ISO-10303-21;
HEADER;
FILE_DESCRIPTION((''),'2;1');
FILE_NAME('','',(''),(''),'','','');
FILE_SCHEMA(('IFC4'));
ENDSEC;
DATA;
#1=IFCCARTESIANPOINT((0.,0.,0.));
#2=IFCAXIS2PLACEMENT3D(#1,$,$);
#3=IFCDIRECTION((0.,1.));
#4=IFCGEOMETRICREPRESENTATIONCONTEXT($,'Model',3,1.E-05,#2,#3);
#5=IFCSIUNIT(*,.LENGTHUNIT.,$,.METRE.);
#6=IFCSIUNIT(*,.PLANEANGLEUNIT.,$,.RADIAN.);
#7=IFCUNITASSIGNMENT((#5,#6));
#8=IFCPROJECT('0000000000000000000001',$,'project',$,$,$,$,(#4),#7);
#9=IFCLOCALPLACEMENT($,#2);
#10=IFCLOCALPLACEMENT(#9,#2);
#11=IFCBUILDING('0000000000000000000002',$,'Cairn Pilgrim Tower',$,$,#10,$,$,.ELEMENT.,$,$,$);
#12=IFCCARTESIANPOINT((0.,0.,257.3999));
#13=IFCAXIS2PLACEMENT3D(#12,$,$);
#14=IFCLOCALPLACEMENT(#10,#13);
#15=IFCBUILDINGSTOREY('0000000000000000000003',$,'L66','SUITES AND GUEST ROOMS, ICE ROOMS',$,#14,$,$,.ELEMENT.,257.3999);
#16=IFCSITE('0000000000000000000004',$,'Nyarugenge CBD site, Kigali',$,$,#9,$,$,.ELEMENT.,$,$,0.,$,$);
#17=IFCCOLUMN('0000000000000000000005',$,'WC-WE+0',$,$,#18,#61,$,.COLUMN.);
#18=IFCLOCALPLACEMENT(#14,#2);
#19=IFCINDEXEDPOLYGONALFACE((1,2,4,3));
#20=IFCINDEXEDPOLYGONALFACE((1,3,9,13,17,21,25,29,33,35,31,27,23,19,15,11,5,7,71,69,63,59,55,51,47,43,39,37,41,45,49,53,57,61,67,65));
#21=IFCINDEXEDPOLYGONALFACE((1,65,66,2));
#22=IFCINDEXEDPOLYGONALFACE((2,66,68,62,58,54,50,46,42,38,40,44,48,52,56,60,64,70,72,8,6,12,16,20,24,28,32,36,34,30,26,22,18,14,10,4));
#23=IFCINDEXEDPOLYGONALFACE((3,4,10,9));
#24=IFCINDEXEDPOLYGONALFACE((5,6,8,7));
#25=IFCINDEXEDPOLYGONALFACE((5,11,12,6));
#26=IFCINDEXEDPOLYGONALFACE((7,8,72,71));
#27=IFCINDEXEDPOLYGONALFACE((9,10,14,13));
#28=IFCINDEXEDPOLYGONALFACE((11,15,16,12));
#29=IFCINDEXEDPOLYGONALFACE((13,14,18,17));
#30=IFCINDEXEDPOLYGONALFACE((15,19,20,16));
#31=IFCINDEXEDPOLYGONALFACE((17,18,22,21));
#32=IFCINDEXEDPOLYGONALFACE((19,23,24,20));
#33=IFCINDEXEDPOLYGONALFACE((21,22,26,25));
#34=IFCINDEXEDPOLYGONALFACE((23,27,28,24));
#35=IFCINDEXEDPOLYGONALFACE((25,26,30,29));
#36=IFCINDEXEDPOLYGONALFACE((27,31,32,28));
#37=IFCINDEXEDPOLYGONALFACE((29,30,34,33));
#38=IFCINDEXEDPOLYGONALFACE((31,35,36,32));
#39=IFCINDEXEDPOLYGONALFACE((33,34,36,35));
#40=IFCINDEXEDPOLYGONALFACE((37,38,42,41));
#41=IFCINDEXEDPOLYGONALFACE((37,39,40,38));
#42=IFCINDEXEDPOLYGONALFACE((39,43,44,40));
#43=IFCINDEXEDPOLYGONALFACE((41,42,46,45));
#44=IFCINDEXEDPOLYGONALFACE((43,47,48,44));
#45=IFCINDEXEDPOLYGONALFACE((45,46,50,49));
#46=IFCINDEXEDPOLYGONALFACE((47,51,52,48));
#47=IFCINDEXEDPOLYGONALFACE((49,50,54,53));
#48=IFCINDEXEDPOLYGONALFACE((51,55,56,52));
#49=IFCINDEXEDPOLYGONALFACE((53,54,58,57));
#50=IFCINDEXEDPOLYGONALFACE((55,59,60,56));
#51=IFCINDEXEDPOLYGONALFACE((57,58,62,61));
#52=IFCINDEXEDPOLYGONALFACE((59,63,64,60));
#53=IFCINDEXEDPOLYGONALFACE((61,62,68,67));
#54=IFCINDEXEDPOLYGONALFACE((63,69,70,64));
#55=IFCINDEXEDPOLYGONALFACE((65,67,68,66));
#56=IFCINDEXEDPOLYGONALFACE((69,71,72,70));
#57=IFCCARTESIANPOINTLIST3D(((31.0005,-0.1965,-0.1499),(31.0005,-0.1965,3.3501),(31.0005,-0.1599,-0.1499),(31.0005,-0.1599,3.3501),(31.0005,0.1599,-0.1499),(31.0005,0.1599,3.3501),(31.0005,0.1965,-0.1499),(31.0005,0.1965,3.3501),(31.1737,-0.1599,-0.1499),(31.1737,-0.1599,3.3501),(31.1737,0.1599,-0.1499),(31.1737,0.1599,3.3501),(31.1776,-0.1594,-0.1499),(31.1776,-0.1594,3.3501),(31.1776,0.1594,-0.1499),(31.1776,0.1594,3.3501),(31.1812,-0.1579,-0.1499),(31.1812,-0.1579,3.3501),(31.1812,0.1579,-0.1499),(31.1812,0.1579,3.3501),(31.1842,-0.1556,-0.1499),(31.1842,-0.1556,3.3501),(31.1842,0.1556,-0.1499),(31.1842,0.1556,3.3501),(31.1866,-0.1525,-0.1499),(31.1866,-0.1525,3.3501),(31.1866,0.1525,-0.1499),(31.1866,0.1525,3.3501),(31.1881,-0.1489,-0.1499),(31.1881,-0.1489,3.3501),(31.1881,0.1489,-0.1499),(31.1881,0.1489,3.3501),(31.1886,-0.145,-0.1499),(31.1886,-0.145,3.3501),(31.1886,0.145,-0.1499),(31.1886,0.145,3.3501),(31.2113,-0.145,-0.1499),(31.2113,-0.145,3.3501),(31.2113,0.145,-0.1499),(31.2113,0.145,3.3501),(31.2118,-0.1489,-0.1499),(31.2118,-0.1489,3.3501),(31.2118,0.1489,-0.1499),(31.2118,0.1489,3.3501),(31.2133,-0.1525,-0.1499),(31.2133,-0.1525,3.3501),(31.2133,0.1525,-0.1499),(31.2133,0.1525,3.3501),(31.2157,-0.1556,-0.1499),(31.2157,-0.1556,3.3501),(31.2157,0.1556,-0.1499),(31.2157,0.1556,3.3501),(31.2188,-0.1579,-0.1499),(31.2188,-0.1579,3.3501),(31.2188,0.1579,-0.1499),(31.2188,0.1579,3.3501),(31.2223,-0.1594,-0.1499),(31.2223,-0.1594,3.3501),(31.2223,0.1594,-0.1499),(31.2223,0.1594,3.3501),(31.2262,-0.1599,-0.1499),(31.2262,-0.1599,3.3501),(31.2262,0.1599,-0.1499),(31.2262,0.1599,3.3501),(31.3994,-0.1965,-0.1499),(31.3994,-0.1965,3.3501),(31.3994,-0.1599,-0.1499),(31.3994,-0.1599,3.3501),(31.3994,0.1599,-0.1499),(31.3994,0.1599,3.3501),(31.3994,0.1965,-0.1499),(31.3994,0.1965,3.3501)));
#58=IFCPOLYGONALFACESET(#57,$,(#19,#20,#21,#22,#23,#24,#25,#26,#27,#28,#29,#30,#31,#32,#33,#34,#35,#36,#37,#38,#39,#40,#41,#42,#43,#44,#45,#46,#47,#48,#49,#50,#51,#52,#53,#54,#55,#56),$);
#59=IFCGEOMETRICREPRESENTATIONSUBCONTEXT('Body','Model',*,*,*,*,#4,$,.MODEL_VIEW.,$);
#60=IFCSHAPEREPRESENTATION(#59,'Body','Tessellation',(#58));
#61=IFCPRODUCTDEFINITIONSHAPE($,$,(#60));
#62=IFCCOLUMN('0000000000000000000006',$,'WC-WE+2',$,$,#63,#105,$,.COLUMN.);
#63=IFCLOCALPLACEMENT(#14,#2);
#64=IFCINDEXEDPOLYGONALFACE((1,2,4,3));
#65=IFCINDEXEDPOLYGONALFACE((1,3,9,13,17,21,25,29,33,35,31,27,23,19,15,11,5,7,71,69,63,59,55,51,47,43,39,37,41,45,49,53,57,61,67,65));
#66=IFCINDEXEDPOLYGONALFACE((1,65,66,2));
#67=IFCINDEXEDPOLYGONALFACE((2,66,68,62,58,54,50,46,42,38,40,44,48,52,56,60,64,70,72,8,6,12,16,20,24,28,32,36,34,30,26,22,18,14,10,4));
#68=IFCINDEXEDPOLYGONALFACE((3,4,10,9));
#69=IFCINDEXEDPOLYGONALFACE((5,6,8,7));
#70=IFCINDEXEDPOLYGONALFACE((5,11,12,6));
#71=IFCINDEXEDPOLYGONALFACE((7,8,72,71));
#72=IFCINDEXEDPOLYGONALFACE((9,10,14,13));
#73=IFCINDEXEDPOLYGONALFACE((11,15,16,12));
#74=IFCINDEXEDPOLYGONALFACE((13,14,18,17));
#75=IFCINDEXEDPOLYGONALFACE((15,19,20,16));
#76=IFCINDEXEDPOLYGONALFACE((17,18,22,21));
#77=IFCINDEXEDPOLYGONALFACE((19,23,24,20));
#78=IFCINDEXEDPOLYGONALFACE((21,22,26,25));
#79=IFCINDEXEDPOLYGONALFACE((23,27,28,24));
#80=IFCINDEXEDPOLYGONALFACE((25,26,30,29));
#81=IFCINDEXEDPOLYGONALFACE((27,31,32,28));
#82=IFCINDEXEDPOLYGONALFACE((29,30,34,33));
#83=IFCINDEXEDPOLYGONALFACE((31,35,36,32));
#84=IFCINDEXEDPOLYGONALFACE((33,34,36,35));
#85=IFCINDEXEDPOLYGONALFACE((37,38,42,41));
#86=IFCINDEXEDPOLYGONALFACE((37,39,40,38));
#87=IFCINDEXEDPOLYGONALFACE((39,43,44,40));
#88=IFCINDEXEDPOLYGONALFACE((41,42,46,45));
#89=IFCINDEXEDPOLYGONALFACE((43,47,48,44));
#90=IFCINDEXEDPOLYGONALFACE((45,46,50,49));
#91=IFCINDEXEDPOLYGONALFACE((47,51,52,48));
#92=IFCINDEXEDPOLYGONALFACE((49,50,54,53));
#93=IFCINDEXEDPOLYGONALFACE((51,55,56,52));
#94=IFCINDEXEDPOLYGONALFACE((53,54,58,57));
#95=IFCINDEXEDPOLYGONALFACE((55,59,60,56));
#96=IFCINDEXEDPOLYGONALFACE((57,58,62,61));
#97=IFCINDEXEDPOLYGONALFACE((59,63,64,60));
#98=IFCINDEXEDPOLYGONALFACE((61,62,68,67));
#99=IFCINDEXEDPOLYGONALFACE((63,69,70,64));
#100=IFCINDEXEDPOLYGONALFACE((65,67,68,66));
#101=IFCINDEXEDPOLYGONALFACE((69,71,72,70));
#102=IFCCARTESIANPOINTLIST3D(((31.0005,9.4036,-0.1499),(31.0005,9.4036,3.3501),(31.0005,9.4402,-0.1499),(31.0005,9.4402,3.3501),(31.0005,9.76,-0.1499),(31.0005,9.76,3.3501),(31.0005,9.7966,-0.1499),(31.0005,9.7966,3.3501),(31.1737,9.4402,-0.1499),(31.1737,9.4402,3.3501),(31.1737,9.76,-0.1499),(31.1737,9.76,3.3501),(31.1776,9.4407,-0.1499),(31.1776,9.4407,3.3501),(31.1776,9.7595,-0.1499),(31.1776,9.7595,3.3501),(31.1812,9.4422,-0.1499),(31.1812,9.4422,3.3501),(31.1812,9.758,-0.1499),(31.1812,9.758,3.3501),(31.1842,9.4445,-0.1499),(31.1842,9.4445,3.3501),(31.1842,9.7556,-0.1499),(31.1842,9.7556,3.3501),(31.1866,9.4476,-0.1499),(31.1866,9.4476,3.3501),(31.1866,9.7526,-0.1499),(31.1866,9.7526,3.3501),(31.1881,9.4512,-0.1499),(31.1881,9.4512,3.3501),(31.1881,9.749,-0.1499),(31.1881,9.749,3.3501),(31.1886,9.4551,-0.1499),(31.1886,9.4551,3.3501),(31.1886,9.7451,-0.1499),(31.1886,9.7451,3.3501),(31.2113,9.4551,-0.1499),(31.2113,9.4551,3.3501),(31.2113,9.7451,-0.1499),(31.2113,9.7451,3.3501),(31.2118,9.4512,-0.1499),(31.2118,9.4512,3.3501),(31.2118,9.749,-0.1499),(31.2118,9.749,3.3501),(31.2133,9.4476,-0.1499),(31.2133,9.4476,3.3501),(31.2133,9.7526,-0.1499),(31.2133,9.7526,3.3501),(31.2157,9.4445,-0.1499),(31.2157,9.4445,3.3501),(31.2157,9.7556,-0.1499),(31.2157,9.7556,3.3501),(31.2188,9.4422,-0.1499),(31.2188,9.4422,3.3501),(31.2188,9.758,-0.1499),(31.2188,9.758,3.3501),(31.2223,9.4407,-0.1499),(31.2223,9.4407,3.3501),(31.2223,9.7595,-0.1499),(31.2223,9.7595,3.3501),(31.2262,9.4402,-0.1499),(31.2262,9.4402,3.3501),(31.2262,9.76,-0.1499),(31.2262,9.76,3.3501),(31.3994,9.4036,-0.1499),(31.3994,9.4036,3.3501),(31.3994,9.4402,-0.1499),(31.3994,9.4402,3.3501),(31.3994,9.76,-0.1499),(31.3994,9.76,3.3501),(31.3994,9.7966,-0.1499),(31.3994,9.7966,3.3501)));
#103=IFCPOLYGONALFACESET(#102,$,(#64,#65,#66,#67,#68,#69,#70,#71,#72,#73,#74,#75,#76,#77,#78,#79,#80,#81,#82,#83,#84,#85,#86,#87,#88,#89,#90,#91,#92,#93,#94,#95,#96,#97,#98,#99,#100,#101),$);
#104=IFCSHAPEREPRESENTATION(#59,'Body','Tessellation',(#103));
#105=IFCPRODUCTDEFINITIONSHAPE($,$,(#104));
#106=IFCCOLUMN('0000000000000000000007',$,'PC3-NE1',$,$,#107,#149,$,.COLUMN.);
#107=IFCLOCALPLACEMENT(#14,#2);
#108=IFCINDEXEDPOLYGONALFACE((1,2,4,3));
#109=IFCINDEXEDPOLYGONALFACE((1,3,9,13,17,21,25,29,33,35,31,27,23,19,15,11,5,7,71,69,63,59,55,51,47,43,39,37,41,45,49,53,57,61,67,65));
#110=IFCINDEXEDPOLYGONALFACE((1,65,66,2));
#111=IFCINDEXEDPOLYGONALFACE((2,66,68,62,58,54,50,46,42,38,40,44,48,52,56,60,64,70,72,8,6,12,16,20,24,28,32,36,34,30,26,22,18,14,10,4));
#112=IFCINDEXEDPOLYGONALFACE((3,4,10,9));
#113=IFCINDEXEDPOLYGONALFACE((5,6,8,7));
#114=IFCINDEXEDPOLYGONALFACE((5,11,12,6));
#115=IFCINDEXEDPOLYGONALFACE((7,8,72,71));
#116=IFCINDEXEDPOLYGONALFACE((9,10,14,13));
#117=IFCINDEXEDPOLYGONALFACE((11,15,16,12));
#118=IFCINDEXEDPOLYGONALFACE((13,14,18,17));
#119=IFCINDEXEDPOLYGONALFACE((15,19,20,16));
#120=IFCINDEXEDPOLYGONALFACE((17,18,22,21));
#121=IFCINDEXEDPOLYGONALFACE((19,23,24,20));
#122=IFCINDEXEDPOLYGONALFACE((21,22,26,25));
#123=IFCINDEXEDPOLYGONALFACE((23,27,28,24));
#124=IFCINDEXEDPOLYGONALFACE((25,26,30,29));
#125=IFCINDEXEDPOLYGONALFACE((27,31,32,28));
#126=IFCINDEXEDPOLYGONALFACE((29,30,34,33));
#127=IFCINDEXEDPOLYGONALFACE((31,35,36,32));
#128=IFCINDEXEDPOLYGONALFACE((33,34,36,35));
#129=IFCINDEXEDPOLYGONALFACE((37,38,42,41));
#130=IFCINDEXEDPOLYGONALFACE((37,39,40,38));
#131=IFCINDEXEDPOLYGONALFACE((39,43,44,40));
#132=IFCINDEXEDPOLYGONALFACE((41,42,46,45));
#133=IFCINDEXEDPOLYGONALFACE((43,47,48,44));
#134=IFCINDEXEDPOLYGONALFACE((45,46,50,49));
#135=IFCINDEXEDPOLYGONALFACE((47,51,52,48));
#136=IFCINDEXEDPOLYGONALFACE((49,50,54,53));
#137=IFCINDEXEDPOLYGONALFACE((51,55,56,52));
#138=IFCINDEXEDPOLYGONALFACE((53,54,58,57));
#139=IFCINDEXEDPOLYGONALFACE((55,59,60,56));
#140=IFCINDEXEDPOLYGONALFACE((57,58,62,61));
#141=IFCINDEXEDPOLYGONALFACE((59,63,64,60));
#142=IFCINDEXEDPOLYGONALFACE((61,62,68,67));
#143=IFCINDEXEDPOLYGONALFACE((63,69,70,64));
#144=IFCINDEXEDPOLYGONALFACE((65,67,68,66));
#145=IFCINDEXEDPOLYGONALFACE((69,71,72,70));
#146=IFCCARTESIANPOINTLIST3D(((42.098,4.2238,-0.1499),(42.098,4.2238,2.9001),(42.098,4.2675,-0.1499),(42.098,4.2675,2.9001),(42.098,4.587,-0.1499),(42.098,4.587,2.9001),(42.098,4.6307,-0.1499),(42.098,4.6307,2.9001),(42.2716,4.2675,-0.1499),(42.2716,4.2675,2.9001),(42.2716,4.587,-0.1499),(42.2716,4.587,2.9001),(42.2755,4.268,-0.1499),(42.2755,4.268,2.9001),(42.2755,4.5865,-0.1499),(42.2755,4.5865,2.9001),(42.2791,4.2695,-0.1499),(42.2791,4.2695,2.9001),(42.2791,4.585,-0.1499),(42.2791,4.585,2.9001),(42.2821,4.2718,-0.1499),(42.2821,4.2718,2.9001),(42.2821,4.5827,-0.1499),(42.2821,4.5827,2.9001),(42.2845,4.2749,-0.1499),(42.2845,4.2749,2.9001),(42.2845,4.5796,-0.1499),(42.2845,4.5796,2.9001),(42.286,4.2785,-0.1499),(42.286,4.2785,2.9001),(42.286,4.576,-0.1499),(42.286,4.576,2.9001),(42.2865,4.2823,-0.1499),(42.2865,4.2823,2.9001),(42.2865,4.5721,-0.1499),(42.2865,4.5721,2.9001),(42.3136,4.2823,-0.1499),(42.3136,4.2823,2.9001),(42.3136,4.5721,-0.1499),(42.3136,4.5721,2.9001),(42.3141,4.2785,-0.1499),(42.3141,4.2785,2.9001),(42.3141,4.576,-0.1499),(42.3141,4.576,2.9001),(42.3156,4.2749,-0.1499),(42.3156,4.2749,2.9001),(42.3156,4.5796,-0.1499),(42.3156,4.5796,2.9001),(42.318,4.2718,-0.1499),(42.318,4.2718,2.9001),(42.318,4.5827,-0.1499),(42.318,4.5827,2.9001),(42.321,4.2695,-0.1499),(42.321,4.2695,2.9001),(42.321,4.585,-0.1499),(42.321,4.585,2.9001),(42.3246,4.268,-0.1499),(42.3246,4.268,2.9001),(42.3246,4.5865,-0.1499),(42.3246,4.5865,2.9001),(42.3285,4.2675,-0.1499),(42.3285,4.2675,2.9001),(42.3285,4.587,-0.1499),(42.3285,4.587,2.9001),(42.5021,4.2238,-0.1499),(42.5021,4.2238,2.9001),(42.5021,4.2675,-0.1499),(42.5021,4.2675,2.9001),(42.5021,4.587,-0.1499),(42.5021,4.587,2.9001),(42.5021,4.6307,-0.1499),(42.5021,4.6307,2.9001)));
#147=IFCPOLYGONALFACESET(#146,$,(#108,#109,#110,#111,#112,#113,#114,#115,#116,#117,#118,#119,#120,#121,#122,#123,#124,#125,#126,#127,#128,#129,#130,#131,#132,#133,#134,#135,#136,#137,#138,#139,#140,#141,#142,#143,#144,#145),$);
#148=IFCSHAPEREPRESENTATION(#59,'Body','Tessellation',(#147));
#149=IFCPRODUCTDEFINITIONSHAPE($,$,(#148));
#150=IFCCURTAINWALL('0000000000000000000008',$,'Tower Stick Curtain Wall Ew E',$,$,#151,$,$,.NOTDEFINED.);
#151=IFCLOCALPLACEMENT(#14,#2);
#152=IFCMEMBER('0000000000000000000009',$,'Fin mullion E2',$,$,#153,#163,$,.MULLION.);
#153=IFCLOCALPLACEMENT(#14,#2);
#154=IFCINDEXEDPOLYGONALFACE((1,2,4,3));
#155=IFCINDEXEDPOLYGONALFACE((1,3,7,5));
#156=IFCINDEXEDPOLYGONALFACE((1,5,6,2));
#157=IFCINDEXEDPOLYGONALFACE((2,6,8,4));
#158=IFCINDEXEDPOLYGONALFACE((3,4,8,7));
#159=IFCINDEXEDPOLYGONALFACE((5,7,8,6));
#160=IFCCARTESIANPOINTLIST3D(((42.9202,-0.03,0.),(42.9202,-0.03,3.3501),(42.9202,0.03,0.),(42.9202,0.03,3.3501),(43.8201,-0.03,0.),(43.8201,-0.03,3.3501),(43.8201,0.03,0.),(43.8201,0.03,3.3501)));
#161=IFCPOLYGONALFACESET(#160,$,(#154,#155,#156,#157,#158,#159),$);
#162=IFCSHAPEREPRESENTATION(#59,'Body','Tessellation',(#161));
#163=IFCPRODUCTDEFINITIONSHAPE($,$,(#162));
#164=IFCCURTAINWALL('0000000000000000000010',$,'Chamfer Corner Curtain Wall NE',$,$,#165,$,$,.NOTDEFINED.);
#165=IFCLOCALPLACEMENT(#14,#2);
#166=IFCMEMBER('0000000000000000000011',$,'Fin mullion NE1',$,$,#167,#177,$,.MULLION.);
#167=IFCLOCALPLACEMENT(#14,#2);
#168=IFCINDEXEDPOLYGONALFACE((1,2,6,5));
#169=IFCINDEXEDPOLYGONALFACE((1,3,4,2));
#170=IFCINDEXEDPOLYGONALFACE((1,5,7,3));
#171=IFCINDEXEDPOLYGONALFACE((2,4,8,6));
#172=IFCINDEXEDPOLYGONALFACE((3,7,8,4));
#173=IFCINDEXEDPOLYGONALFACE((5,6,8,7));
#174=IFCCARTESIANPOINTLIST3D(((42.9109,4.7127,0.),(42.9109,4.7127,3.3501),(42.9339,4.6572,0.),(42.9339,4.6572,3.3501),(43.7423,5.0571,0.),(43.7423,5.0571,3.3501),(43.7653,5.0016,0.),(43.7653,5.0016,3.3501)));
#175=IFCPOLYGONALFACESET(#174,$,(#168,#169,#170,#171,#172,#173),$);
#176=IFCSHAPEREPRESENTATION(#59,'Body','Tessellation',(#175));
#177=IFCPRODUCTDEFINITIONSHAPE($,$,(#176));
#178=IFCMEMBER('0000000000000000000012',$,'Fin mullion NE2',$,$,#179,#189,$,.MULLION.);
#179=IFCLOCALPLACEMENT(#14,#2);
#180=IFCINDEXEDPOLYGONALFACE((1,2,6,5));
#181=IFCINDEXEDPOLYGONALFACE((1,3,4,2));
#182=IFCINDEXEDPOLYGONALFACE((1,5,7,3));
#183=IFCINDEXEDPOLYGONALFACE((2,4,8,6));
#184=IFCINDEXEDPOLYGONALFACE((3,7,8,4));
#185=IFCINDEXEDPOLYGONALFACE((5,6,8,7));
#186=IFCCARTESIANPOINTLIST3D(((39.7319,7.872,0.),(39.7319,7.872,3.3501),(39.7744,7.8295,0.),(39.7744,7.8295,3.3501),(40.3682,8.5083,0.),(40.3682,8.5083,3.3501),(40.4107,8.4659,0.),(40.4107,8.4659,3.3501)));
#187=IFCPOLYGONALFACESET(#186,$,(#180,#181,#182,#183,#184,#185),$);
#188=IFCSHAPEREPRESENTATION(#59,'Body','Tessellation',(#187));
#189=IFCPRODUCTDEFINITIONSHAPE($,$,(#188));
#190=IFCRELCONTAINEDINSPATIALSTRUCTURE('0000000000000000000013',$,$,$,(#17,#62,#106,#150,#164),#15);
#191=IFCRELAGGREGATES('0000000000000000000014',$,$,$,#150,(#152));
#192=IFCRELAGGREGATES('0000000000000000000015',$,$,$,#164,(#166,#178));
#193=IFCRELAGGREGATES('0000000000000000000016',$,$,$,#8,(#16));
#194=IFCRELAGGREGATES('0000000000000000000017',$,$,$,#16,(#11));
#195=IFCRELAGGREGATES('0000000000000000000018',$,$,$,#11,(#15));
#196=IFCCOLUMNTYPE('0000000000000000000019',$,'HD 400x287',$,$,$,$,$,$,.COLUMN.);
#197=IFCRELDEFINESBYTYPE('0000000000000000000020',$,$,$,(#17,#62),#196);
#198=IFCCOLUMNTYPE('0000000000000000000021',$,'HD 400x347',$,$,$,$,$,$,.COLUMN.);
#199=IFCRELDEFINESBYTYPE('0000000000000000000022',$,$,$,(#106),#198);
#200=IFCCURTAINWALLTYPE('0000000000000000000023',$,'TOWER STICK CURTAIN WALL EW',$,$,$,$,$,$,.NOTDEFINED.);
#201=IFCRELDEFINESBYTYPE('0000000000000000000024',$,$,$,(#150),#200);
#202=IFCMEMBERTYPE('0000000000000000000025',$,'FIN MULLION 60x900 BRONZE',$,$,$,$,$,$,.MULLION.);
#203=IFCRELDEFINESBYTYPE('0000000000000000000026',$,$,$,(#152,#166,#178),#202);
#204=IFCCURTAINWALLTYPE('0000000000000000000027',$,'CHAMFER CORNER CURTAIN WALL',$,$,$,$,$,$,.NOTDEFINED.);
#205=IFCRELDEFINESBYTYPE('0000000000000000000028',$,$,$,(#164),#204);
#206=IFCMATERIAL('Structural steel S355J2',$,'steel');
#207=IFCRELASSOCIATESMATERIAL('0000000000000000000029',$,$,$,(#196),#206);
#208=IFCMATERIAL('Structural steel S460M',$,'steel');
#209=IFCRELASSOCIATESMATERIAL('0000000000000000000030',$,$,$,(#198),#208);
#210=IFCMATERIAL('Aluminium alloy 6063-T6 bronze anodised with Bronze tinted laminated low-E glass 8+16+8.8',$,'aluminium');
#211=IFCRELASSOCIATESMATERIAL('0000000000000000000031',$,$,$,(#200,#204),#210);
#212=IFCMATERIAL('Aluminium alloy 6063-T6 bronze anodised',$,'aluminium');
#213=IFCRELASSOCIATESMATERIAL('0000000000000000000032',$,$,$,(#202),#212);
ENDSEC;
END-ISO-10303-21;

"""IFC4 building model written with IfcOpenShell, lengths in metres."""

from ifc_helpers import new_model, si_unit, direction, frame, origin, origin_2d, place, context, subcontext, project, spatial, rectangle, i_section, extrude, clip, halfspace, material, material_profile, profile_set, type_object, element, aggregate, save


model = new_model("IFC4")

# Units and contexts
model_context = context("Model", 3, precision=1e-05, world=origin(), true_north=direction((0.0, 1.0)))
body_context = subcontext(model_context, "Body", "Model", "MODEL_VIEW")
ifc_project = project(units=[si_unit("LENGTHUNIT", "METRE"), si_unit("PLANEANGLEUNIT", "RADIAN")], contexts=[model_context])

# Site, building, storey
site_placement = place(None, origin())
site = spatial("IfcSite", under=ifc_project, at=site_placement, Name="Nyarugenge CBD site, Kigali", CompositionType="ELEMENT", RefElevation=0.0)
building_placement = place(site_placement, origin())
building = spatial("IfcBuilding", under=site, at=building_placement, Name="Cairn Pilgrim Tower", CompositionType="ELEMENT")
storey_placement = place(building_placement, frame((0.0, 0.0, 257.3999)))
storey = spatial("IfcBuildingStorey", under=building, at=storey_placement, Name="L66", Description="SUITES AND GUEST ROOMS, ICE ROOMS", CompositionType="ELEMENT", Elevation=257.3999)

# Columns
ifc_material_1 = material(Name="Structural steel S355J2", Category="steel")
ifc_material_profile_1 = material_profile(ifc_material_1, i_section(OverallWidth=0.3989, OverallDepth=0.3931, WebThickness=0.0227, FlangeThickness=0.0366, FilletRadius=0.0149, at=origin_2d()), Name="HD 400x287")
ifc_profile_set_1 = profile_set([ifc_material_profile_1], Name="Structural steel S355J2")
column_type_1 = type_object("IfcColumnType", Name="HD 400x287", PredefinedType="COLUMN", material=ifc_profile_set_1)
for number, where, z_axis, x_axis, name in (
    (1, (31.2, 0.0, -0.1499), (0.0, 0.0, 1.0), (1.0, 0.0, 0.0), "WC-WE+0"),
    (2, (31.2, 9.6001, -0.1499), (0.0, 0.0, 1.0), (1.0, 0.0, 0.0), "WC-WE+2"),
):
    element("IfcColumn", number, at=place(storey_placement, frame(where, z_axis=z_axis, x_axis=x_axis)), inside=storey, type_object=column_type_1, Name=name, PredefinedType="COLUMN", context=body_context, shape_type="SweptSolid", body=[
        extrude(i_section(OverallWidth=0.3989, OverallDepth=0.3931, WebThickness=0.0227, FlangeThickness=0.0366, FilletRadius=0.0149, at=origin_2d()), origin(), (0.0, 0.0, 1.0), 3.5),
    ])
ifc_material_2 = material(Name="Structural steel S460M", Category="steel")
ifc_material_profile_2 = material_profile(ifc_material_2, i_section(OverallWidth=0.4041, OverallDepth=0.407, WebThickness=0.0271, FlangeThickness=0.0437, FilletRadius=0.0149, at=origin_2d()), Name="HD 400x347")
ifc_profile_set_2 = profile_set([ifc_material_profile_2], Name="Structural steel S460M")
column_type_2 = type_object("IfcColumnType", Name="HD 400x347", PredefinedType="COLUMN", material=ifc_profile_set_2)
column_placement = place(storey_placement, frame((42.3, 4.4272, -0.1499), z_axis=(0.0, 0.0, 1.0), x_axis=(1.0, 0.0, 0.0)))
element("IfcColumn", 3, at=column_placement, inside=storey, type_object=column_type_2, Name="PC3-NE1", PredefinedType="COLUMN", context=body_context, shape_type="Clipping", body=[
    clip(extrude(i_section(OverallWidth=0.4041, OverallDepth=0.407, WebThickness=0.0271, FlangeThickness=0.0437, FilletRadius=0.0149, at=origin_2d()), origin(), (0.0, 0.0, 1.0), 3.5), halfspace(frame((0.0, 0.0, 3.05), z_axis=(0.0, 0.0, 1.0), x_axis=(1.0, 0.0, 0.0)), False)),
])

# Curtain wall, member
ifc_material_3 = material(Name="Aluminium alloy 6063-T6 bronze anodised with Bronze tinted laminated low-E glass 8+16+8.8", Category="aluminium")
curtain_wall_type_1 = type_object("IfcCurtainWallType", Name="TOWER STICK CURTAIN WALL EW", PredefinedType="NOTDEFINED", material=ifc_material_3)
curtain_wall_1_placement = place(storey_placement, origin())
curtain_wall_1 = element("IfcCurtainWall", 4, at=curtain_wall_1_placement, inside=storey, type_object=curtain_wall_type_1, Name="Tower Stick Curtain Wall Ew E", PredefinedType="NOTDEFINED")
ifc_material_4 = material(Name="Aluminium alloy 6063-T6 bronze anodised", Category="aluminium")
ifc_material_profile_3 = material_profile(ifc_material_4, rectangle(XDim=0.8999, YDim=0.0601, at=origin_2d()), Name="FIN MULLION 60x900 BRONZE")
ifc_profile_set_3 = profile_set([ifc_material_profile_3], Name="Aluminium alloy 6063-T6 bronze anodised")
member_type_1 = type_object("IfcMemberType", Name="FIN MULLION 60x900 BRONZE", PredefinedType="MULLION", material=ifc_profile_set_3)
member_1_placement = place(storey_placement, frame((43.3701, 0.0, 0.0), z_axis=(0.0, 0.0, 1.0), x_axis=(1.0, 0.0, 0.0)))
member_1 = element("IfcMember", 5, at=member_1_placement, type_object=member_type_1, Name="Fin mullion E2", PredefinedType="MULLION", context=body_context, shape_type="SweptSolid", body=[
    extrude(rectangle(XDim=0.8999, YDim=0.0601, at=origin_2d()), origin(), (0.0, 0.0, 1.0), 3.3501),
])
aggregate(curtain_wall_1, [member_1])

# Curtain wall, members
curtain_wall_type_2 = type_object("IfcCurtainWallType", Name="CHAMFER CORNER CURTAIN WALL", PredefinedType="NOTDEFINED", material=ifc_material_3)
curtain_wall_2_placement = place(storey_placement, origin())
curtain_wall_2 = element("IfcCurtainWall", 6, at=curtain_wall_2_placement, inside=storey, type_object=curtain_wall_type_2, Name="Chamfer Corner Curtain Wall NE", PredefinedType="NOTDEFINED")
member_2_placement = place(storey_placement, frame((43.3381, 4.8572, 0.0), z_axis=(0.0, 0.0, 1.0), x_axis=(0.92388, 0.382683, 0.0)))
member_2 = element("IfcMember", 7, at=member_2_placement, type_object=member_type_1, Name="Fin mullion NE1", PredefinedType="MULLION", context=body_context, shape_type="SweptSolid", body=[
    extrude(rectangle(XDim=0.8999, YDim=0.0601, at=origin_2d()), origin(), (0.0, 0.0, 1.0), 3.3501),
])
member_3_placement = place(storey_placement, frame((40.0713, 8.1689, 0.0), z_axis=(0.0, 0.0, 1.0), x_axis=(0.707107, 0.707107, 0.0)))
member_3 = element("IfcMember", 8, at=member_3_placement, type_object=member_type_1, Name="Fin mullion NE2", PredefinedType="MULLION", context=body_context, shape_type="SweptSolid", body=[
    extrude(rectangle(XDim=0.8999, YDim=0.0601, at=origin_2d()), origin(), (0.0, 0.0, 1.0), 3.3501),
])

aggregate(curtain_wall_2, [member_2, member_3])

save(model, "model.ifc")
